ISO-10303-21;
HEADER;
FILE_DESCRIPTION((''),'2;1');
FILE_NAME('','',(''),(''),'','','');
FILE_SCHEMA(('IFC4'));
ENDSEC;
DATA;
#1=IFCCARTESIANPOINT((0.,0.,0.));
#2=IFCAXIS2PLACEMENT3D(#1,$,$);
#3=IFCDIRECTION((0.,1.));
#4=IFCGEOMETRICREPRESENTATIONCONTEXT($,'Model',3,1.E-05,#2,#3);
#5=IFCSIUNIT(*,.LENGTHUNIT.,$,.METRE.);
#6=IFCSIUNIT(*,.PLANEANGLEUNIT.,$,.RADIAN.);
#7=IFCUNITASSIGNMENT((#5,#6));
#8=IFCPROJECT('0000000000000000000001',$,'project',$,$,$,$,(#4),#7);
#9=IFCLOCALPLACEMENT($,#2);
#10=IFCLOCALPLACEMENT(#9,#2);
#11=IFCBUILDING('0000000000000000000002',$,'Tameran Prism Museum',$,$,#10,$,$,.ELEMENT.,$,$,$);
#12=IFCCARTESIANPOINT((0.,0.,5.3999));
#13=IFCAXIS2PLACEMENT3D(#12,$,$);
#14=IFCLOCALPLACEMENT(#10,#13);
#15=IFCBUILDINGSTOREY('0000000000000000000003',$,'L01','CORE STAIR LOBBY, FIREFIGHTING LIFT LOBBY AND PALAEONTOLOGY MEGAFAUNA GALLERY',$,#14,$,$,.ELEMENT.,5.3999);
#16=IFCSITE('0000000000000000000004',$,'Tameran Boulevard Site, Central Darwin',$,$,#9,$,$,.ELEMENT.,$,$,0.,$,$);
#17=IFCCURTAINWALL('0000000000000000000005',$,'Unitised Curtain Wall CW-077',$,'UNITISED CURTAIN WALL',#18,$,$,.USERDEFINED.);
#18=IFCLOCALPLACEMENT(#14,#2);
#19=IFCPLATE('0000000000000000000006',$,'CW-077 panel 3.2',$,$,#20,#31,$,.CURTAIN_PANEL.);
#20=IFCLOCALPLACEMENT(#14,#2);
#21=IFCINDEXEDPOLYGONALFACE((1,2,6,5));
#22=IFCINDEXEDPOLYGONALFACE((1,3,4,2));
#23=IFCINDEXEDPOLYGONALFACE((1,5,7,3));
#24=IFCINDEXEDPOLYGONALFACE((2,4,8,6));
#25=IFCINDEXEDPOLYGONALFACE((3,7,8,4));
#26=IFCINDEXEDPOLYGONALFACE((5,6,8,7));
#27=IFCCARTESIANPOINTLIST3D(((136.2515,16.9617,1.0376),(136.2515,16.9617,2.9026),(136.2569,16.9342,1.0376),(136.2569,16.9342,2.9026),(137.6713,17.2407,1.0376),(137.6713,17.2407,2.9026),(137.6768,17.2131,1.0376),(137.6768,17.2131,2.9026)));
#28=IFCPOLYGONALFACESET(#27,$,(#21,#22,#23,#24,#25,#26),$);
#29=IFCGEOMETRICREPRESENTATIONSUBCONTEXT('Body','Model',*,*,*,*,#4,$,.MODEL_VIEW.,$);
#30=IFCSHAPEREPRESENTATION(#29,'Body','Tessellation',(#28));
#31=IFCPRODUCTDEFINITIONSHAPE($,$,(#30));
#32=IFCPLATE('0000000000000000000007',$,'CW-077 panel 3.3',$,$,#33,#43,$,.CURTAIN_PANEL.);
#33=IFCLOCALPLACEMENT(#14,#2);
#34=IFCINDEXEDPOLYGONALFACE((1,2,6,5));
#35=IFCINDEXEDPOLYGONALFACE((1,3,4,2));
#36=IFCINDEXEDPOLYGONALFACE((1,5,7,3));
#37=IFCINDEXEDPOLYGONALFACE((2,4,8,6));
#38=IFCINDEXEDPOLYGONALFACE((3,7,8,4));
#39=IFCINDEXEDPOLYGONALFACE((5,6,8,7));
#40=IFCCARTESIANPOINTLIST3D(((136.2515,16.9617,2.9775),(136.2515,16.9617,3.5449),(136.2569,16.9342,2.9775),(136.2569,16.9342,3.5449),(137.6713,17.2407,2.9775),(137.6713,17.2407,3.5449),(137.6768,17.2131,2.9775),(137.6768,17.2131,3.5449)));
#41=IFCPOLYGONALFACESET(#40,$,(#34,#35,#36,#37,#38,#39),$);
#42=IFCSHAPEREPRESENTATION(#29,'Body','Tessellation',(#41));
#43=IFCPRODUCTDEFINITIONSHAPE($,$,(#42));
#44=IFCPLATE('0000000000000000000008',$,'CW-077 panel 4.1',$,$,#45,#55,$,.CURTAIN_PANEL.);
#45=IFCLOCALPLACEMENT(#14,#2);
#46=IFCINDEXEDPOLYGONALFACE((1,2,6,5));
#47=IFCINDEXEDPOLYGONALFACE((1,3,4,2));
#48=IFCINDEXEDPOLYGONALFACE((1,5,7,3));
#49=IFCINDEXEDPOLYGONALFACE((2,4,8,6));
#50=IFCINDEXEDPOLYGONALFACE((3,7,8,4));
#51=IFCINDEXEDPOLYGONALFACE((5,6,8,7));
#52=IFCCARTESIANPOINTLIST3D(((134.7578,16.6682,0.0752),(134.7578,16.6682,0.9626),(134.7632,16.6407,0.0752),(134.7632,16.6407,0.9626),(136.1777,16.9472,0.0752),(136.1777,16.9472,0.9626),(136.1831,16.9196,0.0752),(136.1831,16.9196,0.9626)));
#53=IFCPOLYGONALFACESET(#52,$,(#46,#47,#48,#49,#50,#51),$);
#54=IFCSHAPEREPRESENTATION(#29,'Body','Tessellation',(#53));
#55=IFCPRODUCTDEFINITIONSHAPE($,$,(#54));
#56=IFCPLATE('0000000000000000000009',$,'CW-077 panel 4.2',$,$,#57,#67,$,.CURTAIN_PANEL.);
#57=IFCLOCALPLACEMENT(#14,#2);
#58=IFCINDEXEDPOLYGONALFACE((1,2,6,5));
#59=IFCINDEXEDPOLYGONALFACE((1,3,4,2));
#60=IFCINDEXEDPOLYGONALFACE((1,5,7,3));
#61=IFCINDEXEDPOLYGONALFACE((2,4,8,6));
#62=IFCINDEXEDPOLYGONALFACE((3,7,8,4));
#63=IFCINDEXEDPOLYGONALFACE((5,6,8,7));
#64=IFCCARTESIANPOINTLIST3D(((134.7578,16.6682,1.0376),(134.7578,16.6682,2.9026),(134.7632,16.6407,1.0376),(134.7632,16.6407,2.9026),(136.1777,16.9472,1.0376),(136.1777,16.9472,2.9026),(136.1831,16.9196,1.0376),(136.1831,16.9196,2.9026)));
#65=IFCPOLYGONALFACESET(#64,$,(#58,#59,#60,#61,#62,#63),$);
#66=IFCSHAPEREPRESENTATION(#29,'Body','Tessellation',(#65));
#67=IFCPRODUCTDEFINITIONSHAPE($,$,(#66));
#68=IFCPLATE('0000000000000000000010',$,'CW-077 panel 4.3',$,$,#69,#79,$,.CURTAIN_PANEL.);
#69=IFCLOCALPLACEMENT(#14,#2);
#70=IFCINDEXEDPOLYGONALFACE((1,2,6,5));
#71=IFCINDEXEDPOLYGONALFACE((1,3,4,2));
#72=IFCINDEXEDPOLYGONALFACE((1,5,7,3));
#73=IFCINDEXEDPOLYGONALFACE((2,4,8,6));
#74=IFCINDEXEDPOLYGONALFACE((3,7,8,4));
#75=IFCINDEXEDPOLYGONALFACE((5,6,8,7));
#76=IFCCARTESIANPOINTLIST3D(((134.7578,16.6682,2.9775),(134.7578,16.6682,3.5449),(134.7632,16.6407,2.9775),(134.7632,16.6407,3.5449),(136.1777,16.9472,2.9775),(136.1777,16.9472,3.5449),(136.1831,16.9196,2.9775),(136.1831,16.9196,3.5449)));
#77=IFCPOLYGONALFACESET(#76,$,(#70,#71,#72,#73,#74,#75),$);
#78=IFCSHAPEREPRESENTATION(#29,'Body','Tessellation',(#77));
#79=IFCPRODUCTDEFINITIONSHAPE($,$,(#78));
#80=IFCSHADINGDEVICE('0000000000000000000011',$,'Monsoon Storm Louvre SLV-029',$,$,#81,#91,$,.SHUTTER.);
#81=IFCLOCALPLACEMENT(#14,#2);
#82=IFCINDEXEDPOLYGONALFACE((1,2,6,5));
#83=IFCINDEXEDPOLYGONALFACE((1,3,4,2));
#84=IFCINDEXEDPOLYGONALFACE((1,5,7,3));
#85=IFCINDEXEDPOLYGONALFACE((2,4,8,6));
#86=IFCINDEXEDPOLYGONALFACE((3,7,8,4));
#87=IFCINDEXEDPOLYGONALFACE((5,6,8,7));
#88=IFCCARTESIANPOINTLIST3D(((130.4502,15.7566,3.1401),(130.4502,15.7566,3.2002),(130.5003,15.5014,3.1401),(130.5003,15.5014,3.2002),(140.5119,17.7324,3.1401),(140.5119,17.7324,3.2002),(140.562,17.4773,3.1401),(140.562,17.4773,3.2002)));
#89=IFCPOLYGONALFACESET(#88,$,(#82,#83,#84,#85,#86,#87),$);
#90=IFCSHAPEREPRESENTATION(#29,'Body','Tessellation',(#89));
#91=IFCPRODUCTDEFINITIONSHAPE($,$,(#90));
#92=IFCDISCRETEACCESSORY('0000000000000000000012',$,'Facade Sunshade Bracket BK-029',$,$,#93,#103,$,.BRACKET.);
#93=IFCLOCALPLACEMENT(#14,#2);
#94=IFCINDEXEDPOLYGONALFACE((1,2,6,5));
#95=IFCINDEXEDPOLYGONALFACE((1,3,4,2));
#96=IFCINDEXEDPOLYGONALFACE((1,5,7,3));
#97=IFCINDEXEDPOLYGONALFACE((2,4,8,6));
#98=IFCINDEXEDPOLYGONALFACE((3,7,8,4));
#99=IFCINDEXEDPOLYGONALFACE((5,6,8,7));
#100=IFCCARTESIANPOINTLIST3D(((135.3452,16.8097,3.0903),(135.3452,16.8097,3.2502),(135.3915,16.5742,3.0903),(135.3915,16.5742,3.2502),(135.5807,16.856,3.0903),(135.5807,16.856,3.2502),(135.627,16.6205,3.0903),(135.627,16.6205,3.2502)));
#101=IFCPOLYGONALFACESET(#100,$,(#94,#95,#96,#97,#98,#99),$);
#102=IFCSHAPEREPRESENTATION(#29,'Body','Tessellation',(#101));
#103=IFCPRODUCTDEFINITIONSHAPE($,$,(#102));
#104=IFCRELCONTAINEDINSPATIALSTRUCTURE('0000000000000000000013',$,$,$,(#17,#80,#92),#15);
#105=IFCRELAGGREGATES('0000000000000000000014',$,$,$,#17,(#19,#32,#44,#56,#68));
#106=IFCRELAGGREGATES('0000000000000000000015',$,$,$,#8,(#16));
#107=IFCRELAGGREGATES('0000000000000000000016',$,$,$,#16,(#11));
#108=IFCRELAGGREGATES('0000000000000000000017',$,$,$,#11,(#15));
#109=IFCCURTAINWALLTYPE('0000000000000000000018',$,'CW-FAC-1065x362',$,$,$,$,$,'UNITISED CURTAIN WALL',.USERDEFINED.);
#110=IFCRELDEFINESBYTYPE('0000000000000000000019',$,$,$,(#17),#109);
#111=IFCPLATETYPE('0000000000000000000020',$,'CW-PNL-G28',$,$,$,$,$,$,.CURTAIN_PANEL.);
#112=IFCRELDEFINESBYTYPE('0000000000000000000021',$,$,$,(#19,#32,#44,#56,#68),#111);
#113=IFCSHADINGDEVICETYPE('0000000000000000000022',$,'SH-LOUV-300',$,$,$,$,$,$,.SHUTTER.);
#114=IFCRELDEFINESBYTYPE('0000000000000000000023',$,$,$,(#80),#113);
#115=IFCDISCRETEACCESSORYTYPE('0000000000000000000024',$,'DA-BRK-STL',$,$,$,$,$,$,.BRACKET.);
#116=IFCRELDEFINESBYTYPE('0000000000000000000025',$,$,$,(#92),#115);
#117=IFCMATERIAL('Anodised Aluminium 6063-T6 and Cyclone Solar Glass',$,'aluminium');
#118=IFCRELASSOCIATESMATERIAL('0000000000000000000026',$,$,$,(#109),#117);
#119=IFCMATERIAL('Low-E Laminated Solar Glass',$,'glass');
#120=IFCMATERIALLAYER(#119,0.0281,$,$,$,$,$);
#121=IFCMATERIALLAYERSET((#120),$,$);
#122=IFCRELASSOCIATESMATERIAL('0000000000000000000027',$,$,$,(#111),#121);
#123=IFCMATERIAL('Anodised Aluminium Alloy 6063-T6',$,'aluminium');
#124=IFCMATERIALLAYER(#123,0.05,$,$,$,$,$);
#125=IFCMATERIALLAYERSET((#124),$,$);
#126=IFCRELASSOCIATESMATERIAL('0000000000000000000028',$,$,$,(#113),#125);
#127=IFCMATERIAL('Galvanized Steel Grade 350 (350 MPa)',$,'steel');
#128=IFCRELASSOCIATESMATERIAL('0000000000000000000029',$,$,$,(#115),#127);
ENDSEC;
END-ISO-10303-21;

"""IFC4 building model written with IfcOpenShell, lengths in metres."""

from ifc_helpers import new_model, si_unit, direction, frame, origin, origin_2d, place, context, subcontext, project, spatial, rectangle, extrude, material, layer, layer_set, type_object, element, aggregate, save


model = new_model("IFC4")

# Units and contexts
model_context = context("Model", 3, precision=1e-05, world=origin(), true_north=direction((0.0, 1.0)))
body_context = subcontext(model_context, "Body", "Model", "MODEL_VIEW")
ifc_project = project(units=[si_unit("LENGTHUNIT", "METRE"), si_unit("PLANEANGLEUNIT", "RADIAN")], contexts=[model_context])

# Site, building, storey
site_placement = place(None, origin())
site = spatial("IfcSite", under=ifc_project, at=site_placement, Name="Tameran Boulevard Site, Central Darwin", CompositionType="ELEMENT", RefElevation=0.0)
building_placement = place(site_placement, origin())
building = spatial("IfcBuilding", under=site, at=building_placement, Name="Tameran Prism Museum", CompositionType="ELEMENT")
storey_placement = place(building_placement, frame((0.0, 0.0, 5.3999)))
storey = spatial("IfcBuildingStorey", under=building, at=storey_placement, Name="L01", Description="CORE STAIR LOBBY, FIREFIGHTING LIFT LOBBY AND PALAEONTOLOGY MEGAFAUNA GALLERY", CompositionType="ELEMENT", Elevation=5.3999)

# Curtain wall, plates
ifc_material_1 = material(Name="Anodised Aluminium 6063-T6 and Cyclone Solar Glass", Category="aluminium")
curtain_wall_type = type_object("IfcCurtainWallType", Name="CW-FAC-1065x362", ElementType="UNITISED CURTAIN WALL", PredefinedType="USERDEFINED", material=ifc_material_1)
curtain_wall_placement = place(storey_placement, origin())
curtain_wall = element("IfcCurtainWall", 1, at=curtain_wall_placement, inside=storey, type_object=curtain_wall_type, Name="Unitised Curtain Wall CW-077", ObjectType="UNITISED CURTAIN WALL", PredefinedType="USERDEFINED")
ifc_material_2 = material(Name="Low-E Laminated Solar Glass", Category="glass")
ifc_layer_1 = layer(ifc_material_2, 0.0281)
ifc_layer_set_1 = layer_set([ifc_layer_1])
plate_type = type_object("IfcPlateType", Name="CW-PNL-G28", PredefinedType="CURTAIN_PANEL", material=ifc_layer_set_1)
plate_1_placement = place(storey_placement, frame((136.9641, 17.0874, 1.0376), z_axis=(0.0, 0.0, 1.0), x_axis=(-0.981243, -0.192776, 0.0)))
plate_1 = element("IfcPlate", 2, at=plate_1_placement, type_object=plate_type, Name="CW-077 panel 3.2", PredefinedType="CURTAIN_PANEL", context=body_context, shape_type="SweptSolid", body=[
    extrude(rectangle(XDim=1.447, YDim=0.0281, at=origin_2d()), origin(), (0.0, 0.0, 1.0), 1.865),
])
plate_2_placement = place(storey_placement, frame((136.9641, 17.0874, 2.9775), z_axis=(0.0, 0.0, 1.0), x_axis=(-0.981243, -0.192776, 0.0)))
plate_2 = element("IfcPlate", 3, at=plate_2_placement, type_object=plate_type, Name="CW-077 panel 3.3", PredefinedType="CURTAIN_PANEL", context=body_context, shape_type="SweptSolid", body=[
    extrude(rectangle(XDim=1.447, YDim=0.0281, at=origin_2d()), origin(), (0.0, 0.0, 1.0), 0.5674),
])
plate_3_placement = place(storey_placement, frame((135.4705, 16.7939, 0.0752), z_axis=(0.0, 0.0, 1.0), x_axis=(-0.981243, -0.192776, 0.0)))
plate_3 = element("IfcPlate", 4, at=plate_3_placement, type_object=plate_type, Name="CW-077 panel 4.1", PredefinedType="CURTAIN_PANEL", context=body_context, shape_type="SweptSolid", body=[
    extrude(rectangle(XDim=1.447, YDim=0.0281, at=origin_2d()), origin(), (0.0, 0.0, 1.0), 0.8875),
])
plate_4_placement = place(storey_placement, frame((135.4705, 16.7939, 1.0376), z_axis=(0.0, 0.0, 1.0), x_axis=(-0.981243, -0.192776, 0.0)))
plate_4 = element("IfcPlate", 5, at=plate_4_placement, type_object=plate_type, Name="CW-077 panel 4.2", PredefinedType="CURTAIN_PANEL", context=body_context, shape_type="SweptSolid", body=[
    extrude(rectangle(XDim=1.447, YDim=0.0281, at=origin_2d()), origin(), (0.0, 0.0, 1.0), 1.865),
])
plate_5_placement = place(storey_placement, frame((135.4705, 16.7939, 2.9775), z_axis=(0.0, 0.0, 1.0), x_axis=(-0.981243, -0.192776, 0.0)))
plate_5 = element("IfcPlate", 6, at=plate_5_placement, type_object=plate_type, Name="CW-077 panel 4.3", PredefinedType="CURTAIN_PANEL", context=body_context, shape_type="SweptSolid", body=[
    extrude(rectangle(XDim=1.447, YDim=0.0281, at=origin_2d()), origin(), (0.0, 0.0, 1.0), 0.5674),
])
aggregate(curtain_wall, [plate_1, plate_2, plate_3, plate_4, plate_5])

# Shading device
ifc_material_3 = material(Name="Anodised Aluminium Alloy 6063-T6", Category="aluminium")
ifc_layer_2 = layer(ifc_material_3, 0.05)
ifc_layer_set_2 = layer_set([ifc_layer_2])
shading_device_type = type_object("IfcShadingDeviceType", Name="SH-LOUV-300", PredefinedType="SHUTTER", material=ifc_layer_set_2)
shading_device_placement = place(storey_placement, frame((135.5061, 16.6169, 3.1401), z_axis=(0.0, 0.0, 1.0), x_axis=(-0.981259, -0.192693, 0.0)))
element("IfcShadingDevice", 7, at=shading_device_placement, inside=storey, type_object=shading_device_type, Name="Monsoon Storm Louvre SLV-029", PredefinedType="SHUTTER", context=body_context, shape_type="SweptSolid", body=[
    extrude(rectangle(XDim=10.2539, YDim=0.26, at=origin_2d()), origin(), (0.0, 0.0, 1.0), 0.0601),
])

# Discrete accessory
ifc_material_4 = material(Name="Galvanized Steel Grade 350 (350 MPa)", Category="steel")
discrete_accessory_type = type_object("IfcDiscreteAccessoryType", Name="DA-BRK-STL", PredefinedType="BRACKET", material=ifc_material_4)
discrete_accessory_placement = place(storey_placement, frame((135.4861, 16.7151, 3.0903), z_axis=(0.0, 0.0, 1.0), x_axis=(-0.981259, -0.192693, 0.0)))
element("IfcDiscreteAccessory", 8, at=discrete_accessory_placement, inside=storey, type_object=discrete_accessory_type, Name="Facade Sunshade Bracket BK-029", PredefinedType="BRACKET", context=body_context, shape_type="SweptSolid", body=[
    extrude(rectangle(XDim=0.24, YDim=0.24, at=origin_2d()), origin(), (0.0, 0.0, 1.0), 0.1599),
])

save(model, "model.ifc")
